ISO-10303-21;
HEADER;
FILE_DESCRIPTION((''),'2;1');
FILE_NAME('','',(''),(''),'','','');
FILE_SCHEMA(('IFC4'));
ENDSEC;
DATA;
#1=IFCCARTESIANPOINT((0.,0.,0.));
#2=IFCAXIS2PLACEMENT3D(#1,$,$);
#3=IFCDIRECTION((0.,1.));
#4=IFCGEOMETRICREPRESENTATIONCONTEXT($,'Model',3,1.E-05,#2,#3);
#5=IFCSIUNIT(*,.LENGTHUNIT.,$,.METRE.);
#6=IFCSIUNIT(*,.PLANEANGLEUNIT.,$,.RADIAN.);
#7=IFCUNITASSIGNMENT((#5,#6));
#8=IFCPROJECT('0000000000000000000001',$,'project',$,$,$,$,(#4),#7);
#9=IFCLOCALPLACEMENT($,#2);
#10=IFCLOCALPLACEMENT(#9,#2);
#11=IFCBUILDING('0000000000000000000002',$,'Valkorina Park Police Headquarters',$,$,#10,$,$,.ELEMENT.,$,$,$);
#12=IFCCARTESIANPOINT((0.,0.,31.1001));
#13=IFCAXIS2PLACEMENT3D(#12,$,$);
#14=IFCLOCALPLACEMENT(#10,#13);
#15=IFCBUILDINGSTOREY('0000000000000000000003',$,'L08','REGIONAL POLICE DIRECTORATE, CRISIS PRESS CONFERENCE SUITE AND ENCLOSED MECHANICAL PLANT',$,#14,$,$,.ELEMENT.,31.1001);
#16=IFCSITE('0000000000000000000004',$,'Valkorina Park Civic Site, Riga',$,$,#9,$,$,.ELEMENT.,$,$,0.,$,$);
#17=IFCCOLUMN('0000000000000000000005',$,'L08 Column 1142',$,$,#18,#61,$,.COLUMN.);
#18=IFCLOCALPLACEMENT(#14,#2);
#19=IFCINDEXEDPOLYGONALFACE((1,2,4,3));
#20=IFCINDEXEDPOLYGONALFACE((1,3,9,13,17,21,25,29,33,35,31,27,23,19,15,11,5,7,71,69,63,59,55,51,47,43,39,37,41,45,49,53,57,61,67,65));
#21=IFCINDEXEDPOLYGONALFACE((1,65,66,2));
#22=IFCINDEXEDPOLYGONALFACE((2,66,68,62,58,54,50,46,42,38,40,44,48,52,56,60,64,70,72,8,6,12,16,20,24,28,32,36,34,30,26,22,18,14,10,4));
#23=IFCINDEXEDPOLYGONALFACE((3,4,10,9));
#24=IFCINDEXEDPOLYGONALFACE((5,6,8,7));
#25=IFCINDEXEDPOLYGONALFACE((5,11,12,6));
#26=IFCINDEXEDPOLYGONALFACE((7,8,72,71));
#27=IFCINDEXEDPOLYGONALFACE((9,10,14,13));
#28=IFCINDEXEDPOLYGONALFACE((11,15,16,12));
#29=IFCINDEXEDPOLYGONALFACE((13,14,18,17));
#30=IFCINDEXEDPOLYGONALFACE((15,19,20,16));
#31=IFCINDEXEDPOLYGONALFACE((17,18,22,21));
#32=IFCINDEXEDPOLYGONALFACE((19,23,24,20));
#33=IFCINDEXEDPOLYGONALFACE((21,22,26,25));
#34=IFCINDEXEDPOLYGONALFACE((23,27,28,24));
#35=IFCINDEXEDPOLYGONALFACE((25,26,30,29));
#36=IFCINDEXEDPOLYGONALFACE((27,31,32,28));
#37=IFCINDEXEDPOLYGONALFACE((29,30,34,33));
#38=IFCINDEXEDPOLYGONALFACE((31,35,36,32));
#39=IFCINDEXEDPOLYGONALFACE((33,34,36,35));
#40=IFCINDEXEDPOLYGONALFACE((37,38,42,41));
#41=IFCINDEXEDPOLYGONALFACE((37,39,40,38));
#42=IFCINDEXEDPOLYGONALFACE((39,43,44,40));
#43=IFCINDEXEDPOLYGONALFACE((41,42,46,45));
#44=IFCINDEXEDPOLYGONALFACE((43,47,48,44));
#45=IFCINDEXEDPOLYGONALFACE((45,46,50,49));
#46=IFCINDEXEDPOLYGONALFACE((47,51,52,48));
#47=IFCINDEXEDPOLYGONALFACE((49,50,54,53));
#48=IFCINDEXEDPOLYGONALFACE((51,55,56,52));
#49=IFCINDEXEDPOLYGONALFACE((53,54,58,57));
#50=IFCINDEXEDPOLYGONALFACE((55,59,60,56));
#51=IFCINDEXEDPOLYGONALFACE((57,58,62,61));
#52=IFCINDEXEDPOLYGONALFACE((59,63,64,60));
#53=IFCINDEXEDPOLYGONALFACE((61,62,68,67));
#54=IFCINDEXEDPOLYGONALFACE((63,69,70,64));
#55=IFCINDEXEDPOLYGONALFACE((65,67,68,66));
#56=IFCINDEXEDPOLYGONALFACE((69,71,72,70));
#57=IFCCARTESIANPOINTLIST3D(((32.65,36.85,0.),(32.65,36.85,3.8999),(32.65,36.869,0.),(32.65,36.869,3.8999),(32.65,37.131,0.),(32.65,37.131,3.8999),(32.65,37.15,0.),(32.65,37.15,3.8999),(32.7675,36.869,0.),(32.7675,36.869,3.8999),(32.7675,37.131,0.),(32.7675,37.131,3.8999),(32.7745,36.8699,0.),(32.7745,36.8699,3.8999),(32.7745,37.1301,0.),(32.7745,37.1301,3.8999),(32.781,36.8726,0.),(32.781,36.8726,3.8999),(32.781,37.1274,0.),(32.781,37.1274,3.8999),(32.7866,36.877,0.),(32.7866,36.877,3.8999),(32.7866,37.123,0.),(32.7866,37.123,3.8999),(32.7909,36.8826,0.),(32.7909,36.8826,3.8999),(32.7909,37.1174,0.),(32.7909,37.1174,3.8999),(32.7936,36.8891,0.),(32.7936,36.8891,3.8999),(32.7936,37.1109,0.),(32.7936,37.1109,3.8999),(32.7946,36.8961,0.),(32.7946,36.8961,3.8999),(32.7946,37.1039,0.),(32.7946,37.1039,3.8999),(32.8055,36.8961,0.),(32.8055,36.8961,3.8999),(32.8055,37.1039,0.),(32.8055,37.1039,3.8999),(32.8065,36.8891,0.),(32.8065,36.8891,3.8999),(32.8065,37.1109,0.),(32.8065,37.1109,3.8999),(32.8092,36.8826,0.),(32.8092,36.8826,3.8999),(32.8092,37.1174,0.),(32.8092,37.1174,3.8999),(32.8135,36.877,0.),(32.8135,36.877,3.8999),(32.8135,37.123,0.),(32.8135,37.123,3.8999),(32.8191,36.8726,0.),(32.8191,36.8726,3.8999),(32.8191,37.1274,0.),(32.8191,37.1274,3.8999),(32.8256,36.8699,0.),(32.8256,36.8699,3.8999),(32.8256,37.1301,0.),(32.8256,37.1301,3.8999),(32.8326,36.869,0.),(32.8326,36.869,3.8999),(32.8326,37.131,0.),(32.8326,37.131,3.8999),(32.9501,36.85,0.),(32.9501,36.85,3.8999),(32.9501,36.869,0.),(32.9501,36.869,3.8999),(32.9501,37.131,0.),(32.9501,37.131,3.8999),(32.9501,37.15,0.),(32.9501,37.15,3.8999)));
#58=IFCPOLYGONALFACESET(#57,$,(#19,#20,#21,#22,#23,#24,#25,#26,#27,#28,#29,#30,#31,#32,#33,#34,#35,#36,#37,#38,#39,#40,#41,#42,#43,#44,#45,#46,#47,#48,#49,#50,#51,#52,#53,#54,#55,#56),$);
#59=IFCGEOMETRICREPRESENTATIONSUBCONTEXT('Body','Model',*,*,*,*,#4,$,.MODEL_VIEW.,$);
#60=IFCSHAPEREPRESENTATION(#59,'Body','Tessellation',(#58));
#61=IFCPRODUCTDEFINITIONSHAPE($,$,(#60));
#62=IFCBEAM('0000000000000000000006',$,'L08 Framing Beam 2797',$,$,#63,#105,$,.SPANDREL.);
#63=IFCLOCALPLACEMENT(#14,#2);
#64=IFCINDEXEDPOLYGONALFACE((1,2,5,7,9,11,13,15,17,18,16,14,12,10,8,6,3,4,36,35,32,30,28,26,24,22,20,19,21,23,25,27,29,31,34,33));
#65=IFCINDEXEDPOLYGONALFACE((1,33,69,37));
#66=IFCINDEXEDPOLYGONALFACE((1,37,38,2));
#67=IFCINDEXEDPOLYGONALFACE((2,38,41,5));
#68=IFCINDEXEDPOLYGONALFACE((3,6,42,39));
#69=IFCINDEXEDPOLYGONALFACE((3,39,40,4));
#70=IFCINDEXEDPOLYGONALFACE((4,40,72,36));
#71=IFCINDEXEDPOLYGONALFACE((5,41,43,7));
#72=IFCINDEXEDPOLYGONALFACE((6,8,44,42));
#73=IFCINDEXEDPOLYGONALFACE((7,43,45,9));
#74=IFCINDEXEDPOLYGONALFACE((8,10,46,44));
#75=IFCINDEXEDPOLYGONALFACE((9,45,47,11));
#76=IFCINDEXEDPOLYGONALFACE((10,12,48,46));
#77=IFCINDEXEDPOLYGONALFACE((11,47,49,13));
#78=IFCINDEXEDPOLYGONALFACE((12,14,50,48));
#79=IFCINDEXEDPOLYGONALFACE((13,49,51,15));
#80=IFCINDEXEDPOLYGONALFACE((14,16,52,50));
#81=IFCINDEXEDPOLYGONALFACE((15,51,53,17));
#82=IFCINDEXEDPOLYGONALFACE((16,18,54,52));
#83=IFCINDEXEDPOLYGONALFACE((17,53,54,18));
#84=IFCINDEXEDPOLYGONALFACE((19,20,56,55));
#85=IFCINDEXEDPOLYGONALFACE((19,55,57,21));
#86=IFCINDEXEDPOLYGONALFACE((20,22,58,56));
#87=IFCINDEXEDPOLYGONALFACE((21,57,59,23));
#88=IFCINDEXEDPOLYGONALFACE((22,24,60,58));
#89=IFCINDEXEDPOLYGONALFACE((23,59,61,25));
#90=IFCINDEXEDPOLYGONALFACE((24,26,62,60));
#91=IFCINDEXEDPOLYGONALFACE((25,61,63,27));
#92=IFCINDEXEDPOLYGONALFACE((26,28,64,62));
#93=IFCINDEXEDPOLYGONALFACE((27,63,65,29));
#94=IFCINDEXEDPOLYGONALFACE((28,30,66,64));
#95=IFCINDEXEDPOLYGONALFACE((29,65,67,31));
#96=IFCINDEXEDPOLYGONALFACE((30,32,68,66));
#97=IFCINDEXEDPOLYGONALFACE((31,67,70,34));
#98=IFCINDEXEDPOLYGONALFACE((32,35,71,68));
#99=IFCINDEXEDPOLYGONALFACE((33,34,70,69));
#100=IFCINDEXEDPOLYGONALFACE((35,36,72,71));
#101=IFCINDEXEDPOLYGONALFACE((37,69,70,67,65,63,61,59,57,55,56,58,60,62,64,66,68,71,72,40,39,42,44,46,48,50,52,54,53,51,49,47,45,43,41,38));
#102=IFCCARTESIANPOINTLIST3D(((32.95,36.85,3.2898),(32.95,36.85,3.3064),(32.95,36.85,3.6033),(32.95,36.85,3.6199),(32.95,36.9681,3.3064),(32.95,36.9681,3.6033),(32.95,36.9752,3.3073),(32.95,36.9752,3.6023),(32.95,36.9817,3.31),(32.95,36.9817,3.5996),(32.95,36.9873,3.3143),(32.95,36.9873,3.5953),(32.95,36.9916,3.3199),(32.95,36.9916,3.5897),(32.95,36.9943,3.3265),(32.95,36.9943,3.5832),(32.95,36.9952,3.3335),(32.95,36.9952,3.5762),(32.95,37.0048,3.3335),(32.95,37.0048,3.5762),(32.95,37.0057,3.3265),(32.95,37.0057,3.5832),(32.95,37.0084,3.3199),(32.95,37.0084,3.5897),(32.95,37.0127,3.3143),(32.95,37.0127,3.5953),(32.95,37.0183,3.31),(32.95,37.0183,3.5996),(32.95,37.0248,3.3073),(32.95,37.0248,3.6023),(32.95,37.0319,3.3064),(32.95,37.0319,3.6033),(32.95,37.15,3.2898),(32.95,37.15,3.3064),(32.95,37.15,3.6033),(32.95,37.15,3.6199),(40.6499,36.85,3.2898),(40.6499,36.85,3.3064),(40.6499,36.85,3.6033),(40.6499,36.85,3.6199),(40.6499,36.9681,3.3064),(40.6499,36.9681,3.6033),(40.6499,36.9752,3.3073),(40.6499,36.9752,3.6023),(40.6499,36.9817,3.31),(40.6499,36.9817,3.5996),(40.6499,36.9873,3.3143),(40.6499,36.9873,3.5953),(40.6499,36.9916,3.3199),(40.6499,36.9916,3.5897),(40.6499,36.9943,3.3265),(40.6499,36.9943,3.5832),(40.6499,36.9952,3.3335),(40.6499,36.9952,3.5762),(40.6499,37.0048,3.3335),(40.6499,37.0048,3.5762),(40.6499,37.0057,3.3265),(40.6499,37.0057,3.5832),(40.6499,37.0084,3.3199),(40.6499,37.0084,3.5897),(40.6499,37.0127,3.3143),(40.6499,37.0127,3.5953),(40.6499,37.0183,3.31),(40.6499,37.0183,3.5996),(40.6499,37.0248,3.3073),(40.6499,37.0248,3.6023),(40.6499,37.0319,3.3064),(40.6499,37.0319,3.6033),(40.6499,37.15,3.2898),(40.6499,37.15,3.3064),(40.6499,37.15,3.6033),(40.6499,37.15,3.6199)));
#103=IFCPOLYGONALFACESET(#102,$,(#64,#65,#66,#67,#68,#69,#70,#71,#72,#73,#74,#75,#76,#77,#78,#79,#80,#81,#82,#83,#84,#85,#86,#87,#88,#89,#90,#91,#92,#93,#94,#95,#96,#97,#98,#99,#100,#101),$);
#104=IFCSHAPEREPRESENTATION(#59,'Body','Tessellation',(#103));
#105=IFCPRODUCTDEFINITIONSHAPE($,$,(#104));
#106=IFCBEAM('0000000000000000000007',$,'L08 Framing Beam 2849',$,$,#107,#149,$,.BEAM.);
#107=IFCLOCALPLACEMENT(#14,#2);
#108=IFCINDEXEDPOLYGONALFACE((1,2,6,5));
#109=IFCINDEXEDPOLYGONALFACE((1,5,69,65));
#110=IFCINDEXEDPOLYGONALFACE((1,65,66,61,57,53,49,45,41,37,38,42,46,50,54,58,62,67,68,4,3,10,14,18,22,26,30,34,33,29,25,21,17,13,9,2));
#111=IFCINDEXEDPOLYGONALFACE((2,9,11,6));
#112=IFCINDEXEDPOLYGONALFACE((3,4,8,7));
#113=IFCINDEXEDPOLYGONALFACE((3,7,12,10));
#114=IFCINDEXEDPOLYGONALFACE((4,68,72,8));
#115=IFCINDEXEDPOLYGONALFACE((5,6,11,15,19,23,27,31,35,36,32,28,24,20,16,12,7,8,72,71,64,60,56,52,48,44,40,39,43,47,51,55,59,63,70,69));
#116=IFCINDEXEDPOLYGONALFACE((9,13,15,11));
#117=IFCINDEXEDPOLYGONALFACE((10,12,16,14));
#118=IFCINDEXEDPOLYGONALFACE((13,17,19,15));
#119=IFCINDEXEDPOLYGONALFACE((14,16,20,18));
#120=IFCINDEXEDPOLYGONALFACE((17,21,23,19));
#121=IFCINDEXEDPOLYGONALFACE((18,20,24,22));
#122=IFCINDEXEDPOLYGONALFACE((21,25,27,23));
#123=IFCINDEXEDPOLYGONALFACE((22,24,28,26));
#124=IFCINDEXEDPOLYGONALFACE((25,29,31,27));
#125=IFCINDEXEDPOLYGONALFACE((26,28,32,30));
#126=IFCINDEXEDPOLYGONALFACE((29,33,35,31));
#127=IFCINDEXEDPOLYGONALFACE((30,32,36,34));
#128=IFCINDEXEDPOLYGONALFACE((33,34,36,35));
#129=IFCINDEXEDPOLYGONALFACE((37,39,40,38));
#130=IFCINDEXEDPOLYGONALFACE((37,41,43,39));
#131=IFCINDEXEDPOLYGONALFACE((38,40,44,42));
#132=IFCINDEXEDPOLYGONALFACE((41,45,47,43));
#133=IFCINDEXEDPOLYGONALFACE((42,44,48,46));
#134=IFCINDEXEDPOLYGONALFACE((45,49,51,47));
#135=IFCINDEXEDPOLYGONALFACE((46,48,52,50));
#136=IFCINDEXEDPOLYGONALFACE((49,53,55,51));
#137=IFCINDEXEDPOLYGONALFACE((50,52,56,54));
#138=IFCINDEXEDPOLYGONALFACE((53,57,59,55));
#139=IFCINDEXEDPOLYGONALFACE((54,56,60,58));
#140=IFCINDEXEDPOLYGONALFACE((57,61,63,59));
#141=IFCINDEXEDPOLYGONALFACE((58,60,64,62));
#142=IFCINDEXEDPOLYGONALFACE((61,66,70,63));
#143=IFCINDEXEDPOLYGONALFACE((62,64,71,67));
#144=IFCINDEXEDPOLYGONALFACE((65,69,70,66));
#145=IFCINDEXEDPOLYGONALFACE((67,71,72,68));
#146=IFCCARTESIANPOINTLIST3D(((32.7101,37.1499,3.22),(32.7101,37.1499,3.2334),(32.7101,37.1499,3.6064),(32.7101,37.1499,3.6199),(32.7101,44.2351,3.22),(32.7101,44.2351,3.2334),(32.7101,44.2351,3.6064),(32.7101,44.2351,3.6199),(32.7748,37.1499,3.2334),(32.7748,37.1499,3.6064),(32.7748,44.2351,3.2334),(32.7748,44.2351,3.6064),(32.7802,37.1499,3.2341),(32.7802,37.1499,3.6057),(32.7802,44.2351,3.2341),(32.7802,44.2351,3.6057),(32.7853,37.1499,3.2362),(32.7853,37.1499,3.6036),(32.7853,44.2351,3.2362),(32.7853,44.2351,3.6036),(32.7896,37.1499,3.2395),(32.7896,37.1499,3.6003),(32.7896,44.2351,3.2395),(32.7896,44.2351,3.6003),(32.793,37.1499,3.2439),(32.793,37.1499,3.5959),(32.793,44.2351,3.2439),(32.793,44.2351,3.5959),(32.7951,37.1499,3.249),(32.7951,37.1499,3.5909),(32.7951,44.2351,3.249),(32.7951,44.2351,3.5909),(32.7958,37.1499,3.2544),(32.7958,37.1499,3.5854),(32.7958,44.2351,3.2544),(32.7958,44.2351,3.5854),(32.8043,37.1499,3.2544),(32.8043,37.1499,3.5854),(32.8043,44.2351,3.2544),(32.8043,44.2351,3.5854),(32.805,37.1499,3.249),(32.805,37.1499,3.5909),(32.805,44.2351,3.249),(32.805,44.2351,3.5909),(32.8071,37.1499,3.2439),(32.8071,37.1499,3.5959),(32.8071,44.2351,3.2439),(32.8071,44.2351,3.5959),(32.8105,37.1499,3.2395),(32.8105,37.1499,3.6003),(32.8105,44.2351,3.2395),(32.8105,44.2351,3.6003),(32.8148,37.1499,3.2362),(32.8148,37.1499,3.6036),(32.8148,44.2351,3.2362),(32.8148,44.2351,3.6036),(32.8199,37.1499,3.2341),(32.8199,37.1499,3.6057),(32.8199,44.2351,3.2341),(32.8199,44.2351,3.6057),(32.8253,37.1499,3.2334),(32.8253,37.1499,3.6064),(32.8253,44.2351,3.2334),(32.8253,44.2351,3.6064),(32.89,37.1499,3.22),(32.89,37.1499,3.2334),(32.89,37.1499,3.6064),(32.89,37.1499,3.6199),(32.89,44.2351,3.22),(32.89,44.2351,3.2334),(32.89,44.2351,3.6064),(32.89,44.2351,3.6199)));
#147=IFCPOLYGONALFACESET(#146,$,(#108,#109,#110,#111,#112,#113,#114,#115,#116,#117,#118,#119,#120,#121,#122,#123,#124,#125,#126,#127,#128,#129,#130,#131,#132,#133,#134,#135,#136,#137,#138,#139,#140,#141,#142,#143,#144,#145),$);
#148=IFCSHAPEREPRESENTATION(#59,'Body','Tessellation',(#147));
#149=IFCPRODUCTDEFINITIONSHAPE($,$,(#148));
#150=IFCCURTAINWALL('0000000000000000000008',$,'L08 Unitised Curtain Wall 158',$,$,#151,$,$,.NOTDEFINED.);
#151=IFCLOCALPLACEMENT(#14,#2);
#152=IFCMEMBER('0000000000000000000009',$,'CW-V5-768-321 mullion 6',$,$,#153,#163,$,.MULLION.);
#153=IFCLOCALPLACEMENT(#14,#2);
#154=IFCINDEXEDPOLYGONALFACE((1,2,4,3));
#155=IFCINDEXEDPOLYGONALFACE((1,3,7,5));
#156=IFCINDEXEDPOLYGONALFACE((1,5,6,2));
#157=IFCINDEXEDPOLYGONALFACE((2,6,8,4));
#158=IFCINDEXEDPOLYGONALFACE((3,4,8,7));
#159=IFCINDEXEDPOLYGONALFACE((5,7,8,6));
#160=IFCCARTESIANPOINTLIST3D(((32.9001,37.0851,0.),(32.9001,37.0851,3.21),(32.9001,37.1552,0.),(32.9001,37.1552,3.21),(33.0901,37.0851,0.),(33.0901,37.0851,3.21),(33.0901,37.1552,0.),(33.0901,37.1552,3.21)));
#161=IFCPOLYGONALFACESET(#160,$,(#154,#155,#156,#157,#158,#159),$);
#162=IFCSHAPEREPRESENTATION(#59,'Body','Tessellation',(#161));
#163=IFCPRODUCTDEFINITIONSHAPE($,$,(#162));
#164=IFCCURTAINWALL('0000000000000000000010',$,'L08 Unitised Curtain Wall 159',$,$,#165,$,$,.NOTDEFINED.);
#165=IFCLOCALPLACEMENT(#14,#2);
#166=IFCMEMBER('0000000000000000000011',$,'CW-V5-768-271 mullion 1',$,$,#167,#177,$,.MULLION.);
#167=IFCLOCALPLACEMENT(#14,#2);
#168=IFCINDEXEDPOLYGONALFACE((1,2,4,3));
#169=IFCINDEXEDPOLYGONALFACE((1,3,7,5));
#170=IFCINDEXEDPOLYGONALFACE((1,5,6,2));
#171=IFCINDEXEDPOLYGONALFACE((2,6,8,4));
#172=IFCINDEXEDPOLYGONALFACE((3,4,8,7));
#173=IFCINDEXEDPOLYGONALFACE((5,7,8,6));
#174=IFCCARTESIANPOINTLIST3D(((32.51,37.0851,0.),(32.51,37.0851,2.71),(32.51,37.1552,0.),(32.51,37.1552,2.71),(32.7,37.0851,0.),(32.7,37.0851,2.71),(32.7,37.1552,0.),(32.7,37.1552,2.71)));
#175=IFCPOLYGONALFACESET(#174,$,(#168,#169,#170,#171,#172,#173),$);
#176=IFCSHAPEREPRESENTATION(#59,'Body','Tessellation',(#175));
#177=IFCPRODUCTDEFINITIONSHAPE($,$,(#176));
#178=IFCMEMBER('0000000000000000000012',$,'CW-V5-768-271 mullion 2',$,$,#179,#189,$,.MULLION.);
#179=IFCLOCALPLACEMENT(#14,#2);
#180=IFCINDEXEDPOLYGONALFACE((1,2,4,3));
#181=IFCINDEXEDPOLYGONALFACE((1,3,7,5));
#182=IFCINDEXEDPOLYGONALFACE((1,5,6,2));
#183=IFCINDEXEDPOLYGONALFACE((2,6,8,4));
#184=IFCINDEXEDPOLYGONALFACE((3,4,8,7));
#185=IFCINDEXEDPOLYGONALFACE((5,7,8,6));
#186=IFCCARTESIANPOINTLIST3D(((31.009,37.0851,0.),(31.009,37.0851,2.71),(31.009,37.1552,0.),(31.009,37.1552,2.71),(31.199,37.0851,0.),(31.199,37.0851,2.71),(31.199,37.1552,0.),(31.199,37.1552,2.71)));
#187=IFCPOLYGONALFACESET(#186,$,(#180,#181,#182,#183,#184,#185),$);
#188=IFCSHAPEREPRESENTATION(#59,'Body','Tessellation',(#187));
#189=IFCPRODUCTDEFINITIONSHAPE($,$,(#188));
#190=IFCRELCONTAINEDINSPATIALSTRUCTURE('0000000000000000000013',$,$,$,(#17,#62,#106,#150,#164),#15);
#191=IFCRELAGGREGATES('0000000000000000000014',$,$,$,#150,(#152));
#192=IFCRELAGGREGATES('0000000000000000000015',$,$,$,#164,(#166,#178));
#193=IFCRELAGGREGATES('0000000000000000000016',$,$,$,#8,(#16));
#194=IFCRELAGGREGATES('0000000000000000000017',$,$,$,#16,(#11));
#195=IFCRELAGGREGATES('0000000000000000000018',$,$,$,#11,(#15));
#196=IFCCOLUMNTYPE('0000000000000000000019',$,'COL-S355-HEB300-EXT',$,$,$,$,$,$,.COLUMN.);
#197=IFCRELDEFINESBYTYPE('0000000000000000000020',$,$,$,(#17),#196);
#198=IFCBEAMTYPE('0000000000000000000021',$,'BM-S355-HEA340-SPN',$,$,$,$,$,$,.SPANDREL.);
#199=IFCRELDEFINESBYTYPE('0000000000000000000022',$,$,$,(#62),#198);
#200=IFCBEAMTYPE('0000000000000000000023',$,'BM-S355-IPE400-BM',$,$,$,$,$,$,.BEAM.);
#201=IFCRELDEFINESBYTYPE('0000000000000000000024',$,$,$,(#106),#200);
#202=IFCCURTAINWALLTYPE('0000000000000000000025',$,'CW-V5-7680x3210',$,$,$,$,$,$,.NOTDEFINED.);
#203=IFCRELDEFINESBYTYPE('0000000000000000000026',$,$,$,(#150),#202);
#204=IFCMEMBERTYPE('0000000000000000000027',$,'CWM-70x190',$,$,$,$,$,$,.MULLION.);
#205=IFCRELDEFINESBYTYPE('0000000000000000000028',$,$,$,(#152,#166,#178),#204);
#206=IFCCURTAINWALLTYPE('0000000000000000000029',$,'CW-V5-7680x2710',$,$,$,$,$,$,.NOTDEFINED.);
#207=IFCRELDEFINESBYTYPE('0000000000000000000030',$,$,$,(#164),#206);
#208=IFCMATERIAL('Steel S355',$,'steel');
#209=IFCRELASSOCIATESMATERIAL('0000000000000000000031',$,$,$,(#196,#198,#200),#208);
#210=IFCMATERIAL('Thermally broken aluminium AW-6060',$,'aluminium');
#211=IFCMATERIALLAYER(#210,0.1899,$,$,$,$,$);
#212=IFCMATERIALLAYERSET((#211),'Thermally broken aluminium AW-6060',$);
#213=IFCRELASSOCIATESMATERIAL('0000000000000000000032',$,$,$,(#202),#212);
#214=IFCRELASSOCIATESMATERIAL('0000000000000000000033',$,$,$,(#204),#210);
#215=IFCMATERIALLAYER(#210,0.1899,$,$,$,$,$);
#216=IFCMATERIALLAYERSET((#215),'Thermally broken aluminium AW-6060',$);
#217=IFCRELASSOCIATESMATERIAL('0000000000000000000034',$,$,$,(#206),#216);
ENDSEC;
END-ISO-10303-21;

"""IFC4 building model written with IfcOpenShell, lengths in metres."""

from ifc_helpers import new_model, si_unit, direction, frame, origin, origin_2d, place, context, subcontext, project, spatial, rectangle, i_section, extrude, material, layer, layer_set, material_profile, profile_set, type_object, element, aggregate, save


model = new_model("IFC4")

# Units and contexts
model_context = context("Model", 3, precision=1e-05, world=origin(), true_north=direction((0.0, 1.0)))
body_context = subcontext(model_context, "Body", "Model", "MODEL_VIEW")
ifc_project = project(units=[si_unit("LENGTHUNIT", "METRE"), si_unit("PLANEANGLEUNIT", "RADIAN")], contexts=[model_context])

# Site, building, storey
site_placement = place(None, origin())
site = spatial("IfcSite", under=ifc_project, at=site_placement, Name="Valkorina Park Civic Site, Riga", CompositionType="ELEMENT", RefElevation=0.0)
building_placement = place(site_placement, origin())
building = spatial("IfcBuilding", under=site, at=building_placement, Name="Valkorina Park Police Headquarters", CompositionType="ELEMENT")
storey_placement = place(building_placement, frame((0.0, 0.0, 31.1001)))
storey = spatial("IfcBuildingStorey", under=building, at=storey_placement, Name="L08", Description="REGIONAL POLICE DIRECTORATE, CRISIS PRESS CONFERENCE SUITE AND ENCLOSED MECHANICAL PLANT", CompositionType="ELEMENT", Elevation=31.1001)

# Column
ifc_material_1 = material(Name="Steel S355", Category="steel")
ifc_material_profile_1 = material_profile(ifc_material_1, i_section(OverallWidth=0.3, OverallDepth=0.3, WebThickness=0.011, FlangeThickness=0.019, FilletRadius=0.0271, at=origin_2d()), Name="HEB 300")
ifc_profile_set_1 = profile_set([ifc_material_profile_1], Name="Steel S355")
column_type = type_object("IfcColumnType", Name="COL-S355-HEB300-EXT", PredefinedType="COLUMN", material=ifc_profile_set_1)
column_placement = place(storey_placement, frame((32.8, 37.0, 0.0), z_axis=(0.0, 0.0, 1.0), x_axis=(1.0, 0.0, 0.0)))
element("IfcColumn", 1, at=column_placement, inside=storey, type_object=column_type, Name="L08 Column 1142", PredefinedType="COLUMN", context=body_context, shape_type="SweptSolid", body=[
    extrude(i_section(OverallWidth=0.3, OverallDepth=0.3, WebThickness=0.011, FlangeThickness=0.019, FilletRadius=0.0271, at=origin_2d()), origin(), (0.0, 0.0, 1.0), 3.8999),
])

# Beams
ifc_material_profile_2 = material_profile(ifc_material_1, i_section(OverallWidth=0.3, OverallDepth=0.3301, WebThickness=0.0095, FlangeThickness=0.0166, FilletRadius=0.0271, at=origin_2d()), Name="HEA 340")
ifc_profile_set_2 = profile_set([ifc_material_profile_2], Name="Steel S355")
beam_type_1 = type_object("IfcBeamType", Name="BM-S355-HEA340-SPN", PredefinedType="SPANDREL", material=ifc_profile_set_2)
beam_1_placement = place(storey_placement, frame((32.95, 37.0, 3.4548), z_axis=(1.0, 0.0, 0.0), x_axis=(0.0, 1.0, 0.0)))
element("IfcBeam", 2, at=beam_1_placement, inside=storey, type_object=beam_type_1, Name="L08 Framing Beam 2797", PredefinedType="SPANDREL", context=body_context, shape_type="SweptSolid", body=[
    extrude(i_section(OverallWidth=0.3, OverallDepth=0.3301, WebThickness=0.0095, FlangeThickness=0.0166, FilletRadius=0.0271, at=origin_2d()), origin(), (0.0, 0.0, 1.0), 7.7),
])
ifc_material_profile_3 = material_profile(ifc_material_1, i_section(OverallWidth=0.1799, OverallDepth=0.3999, WebThickness=0.0085, FlangeThickness=0.0134, FilletRadius=0.021, at=origin_2d()), Name="IPE 400")
ifc_profile_set_3 = profile_set([ifc_material_profile_3], Name="Steel S355")
beam_type_2 = type_object("IfcBeamType", Name="BM-S355-IPE400-BM", PredefinedType="BEAM", material=ifc_profile_set_3)
beam_2_placement = place(storey_placement, frame((32.8, 37.1499, 3.4199), z_axis=(0.0, 1.0, 0.0), x_axis=(-1.0, 0.0, 0.0)))
element("IfcBeam", 3, at=beam_2_placement, inside=storey, type_object=beam_type_2, Name="L08 Framing Beam 2849", PredefinedType="BEAM", context=body_context, shape_type="SweptSolid", body=[
    extrude(i_section(OverallWidth=0.1799, OverallDepth=0.3999, WebThickness=0.0085, FlangeThickness=0.0134, FilletRadius=0.021, at=origin_2d()), origin(), (0.0, 0.0, 1.0), 7.0852),
])

# Curtain wall, member
ifc_material_2 = material(Name="Thermally broken aluminium AW-6060", Category="aluminium")
ifc_layer_1 = layer(ifc_material_2, 0.1899)
ifc_layer_set_1 = layer_set([ifc_layer_1], Name="Thermally broken aluminium AW-6060")
curtain_wall_type_1 = type_object("IfcCurtainWallType", Name="CW-V5-7680x3210", PredefinedType="NOTDEFINED", material=ifc_layer_set_1)
curtain_wall_1_placement = place(storey_placement, origin())
curtain_wall_1 = element("IfcCurtainWall", 4, at=curtain_wall_1_placement, inside=storey, type_object=curtain_wall_type_1, Name="L08 Unitised Curtain Wall 158", PredefinedType="NOTDEFINED")
ifc_material_profile_4 = material_profile(ifc_material_2, rectangle(XDim=0.0701, YDim=0.1899, at=origin_2d()), Name="CWM-02 70x190")
ifc_profile_set_4 = profile_set([ifc_material_profile_4], Name="Thermally broken aluminium AW-6060")
member_type_1 = type_object("IfcMemberType", Name="CWM-70x190", PredefinedType="MULLION", material=ifc_profile_set_4)
member_1_placement = place(storey_placement, frame((32.9951, 37.1201, 0.0), z_axis=(0.0, 0.0, 1.0), x_axis=(0.0, -1.0, 0.0)))
member_1 = element("IfcMember", 5, at=member_1_placement, type_object=member_type_1, Name="CW-V5-768-321 mullion 6", PredefinedType="MULLION", context=body_context, shape_type="SweptSolid", body=[
    extrude(rectangle(XDim=0.0701, YDim=0.1899, at=origin_2d()), origin(), (0.0, 0.0, 1.0), 3.21),
])
aggregate(curtain_wall_1, [member_1])

# Curtain wall, members
ifc_layer_2 = layer(ifc_material_2, 0.1899)
ifc_layer_set_2 = layer_set([ifc_layer_2], Name="Thermally broken aluminium AW-6060")
curtain_wall_type_2 = type_object("IfcCurtainWallType", Name="CW-V5-7680x2710", PredefinedType="NOTDEFINED", material=ifc_layer_set_2)
curtain_wall_2_placement = place(storey_placement, origin())
curtain_wall_2 = element("IfcCurtainWall", 6, at=curtain_wall_2_placement, inside=storey, type_object=curtain_wall_type_2, Name="L08 Unitised Curtain Wall 159", PredefinedType="NOTDEFINED")
member_2_placement = place(storey_placement, frame((32.605, 37.1201, 0.0), z_axis=(0.0, 0.0, 1.0), x_axis=(0.0, -1.0, 0.0)))
member_2 = element("IfcMember", 7, at=member_2_placement, type_object=member_type_1, Name="CW-V5-768-271 mullion 1", PredefinedType="MULLION", context=body_context, shape_type="SweptSolid", body=[
    extrude(rectangle(XDim=0.0701, YDim=0.1899, at=origin_2d()), origin(), (0.0, 0.0, 1.0), 2.71),
])
member_3_placement = place(storey_placement, frame((31.104, 37.1201, 0.0), z_axis=(0.0, 0.0, 1.0), x_axis=(0.0, -1.0, 0.0)))
member_3 = element("IfcMember", 8, at=member_3_placement, type_object=member_type_1, Name="CW-V5-768-271 mullion 2", PredefinedType="MULLION", context=body_context, shape_type="SweptSolid", body=[
    extrude(rectangle(XDim=0.0701, YDim=0.1899, at=origin_2d()), origin(), (0.0, 0.0, 1.0), 2.71),
])
aggregate(curtain_wall_2, [member_2, member_3])

save(model, "model.ifc")
